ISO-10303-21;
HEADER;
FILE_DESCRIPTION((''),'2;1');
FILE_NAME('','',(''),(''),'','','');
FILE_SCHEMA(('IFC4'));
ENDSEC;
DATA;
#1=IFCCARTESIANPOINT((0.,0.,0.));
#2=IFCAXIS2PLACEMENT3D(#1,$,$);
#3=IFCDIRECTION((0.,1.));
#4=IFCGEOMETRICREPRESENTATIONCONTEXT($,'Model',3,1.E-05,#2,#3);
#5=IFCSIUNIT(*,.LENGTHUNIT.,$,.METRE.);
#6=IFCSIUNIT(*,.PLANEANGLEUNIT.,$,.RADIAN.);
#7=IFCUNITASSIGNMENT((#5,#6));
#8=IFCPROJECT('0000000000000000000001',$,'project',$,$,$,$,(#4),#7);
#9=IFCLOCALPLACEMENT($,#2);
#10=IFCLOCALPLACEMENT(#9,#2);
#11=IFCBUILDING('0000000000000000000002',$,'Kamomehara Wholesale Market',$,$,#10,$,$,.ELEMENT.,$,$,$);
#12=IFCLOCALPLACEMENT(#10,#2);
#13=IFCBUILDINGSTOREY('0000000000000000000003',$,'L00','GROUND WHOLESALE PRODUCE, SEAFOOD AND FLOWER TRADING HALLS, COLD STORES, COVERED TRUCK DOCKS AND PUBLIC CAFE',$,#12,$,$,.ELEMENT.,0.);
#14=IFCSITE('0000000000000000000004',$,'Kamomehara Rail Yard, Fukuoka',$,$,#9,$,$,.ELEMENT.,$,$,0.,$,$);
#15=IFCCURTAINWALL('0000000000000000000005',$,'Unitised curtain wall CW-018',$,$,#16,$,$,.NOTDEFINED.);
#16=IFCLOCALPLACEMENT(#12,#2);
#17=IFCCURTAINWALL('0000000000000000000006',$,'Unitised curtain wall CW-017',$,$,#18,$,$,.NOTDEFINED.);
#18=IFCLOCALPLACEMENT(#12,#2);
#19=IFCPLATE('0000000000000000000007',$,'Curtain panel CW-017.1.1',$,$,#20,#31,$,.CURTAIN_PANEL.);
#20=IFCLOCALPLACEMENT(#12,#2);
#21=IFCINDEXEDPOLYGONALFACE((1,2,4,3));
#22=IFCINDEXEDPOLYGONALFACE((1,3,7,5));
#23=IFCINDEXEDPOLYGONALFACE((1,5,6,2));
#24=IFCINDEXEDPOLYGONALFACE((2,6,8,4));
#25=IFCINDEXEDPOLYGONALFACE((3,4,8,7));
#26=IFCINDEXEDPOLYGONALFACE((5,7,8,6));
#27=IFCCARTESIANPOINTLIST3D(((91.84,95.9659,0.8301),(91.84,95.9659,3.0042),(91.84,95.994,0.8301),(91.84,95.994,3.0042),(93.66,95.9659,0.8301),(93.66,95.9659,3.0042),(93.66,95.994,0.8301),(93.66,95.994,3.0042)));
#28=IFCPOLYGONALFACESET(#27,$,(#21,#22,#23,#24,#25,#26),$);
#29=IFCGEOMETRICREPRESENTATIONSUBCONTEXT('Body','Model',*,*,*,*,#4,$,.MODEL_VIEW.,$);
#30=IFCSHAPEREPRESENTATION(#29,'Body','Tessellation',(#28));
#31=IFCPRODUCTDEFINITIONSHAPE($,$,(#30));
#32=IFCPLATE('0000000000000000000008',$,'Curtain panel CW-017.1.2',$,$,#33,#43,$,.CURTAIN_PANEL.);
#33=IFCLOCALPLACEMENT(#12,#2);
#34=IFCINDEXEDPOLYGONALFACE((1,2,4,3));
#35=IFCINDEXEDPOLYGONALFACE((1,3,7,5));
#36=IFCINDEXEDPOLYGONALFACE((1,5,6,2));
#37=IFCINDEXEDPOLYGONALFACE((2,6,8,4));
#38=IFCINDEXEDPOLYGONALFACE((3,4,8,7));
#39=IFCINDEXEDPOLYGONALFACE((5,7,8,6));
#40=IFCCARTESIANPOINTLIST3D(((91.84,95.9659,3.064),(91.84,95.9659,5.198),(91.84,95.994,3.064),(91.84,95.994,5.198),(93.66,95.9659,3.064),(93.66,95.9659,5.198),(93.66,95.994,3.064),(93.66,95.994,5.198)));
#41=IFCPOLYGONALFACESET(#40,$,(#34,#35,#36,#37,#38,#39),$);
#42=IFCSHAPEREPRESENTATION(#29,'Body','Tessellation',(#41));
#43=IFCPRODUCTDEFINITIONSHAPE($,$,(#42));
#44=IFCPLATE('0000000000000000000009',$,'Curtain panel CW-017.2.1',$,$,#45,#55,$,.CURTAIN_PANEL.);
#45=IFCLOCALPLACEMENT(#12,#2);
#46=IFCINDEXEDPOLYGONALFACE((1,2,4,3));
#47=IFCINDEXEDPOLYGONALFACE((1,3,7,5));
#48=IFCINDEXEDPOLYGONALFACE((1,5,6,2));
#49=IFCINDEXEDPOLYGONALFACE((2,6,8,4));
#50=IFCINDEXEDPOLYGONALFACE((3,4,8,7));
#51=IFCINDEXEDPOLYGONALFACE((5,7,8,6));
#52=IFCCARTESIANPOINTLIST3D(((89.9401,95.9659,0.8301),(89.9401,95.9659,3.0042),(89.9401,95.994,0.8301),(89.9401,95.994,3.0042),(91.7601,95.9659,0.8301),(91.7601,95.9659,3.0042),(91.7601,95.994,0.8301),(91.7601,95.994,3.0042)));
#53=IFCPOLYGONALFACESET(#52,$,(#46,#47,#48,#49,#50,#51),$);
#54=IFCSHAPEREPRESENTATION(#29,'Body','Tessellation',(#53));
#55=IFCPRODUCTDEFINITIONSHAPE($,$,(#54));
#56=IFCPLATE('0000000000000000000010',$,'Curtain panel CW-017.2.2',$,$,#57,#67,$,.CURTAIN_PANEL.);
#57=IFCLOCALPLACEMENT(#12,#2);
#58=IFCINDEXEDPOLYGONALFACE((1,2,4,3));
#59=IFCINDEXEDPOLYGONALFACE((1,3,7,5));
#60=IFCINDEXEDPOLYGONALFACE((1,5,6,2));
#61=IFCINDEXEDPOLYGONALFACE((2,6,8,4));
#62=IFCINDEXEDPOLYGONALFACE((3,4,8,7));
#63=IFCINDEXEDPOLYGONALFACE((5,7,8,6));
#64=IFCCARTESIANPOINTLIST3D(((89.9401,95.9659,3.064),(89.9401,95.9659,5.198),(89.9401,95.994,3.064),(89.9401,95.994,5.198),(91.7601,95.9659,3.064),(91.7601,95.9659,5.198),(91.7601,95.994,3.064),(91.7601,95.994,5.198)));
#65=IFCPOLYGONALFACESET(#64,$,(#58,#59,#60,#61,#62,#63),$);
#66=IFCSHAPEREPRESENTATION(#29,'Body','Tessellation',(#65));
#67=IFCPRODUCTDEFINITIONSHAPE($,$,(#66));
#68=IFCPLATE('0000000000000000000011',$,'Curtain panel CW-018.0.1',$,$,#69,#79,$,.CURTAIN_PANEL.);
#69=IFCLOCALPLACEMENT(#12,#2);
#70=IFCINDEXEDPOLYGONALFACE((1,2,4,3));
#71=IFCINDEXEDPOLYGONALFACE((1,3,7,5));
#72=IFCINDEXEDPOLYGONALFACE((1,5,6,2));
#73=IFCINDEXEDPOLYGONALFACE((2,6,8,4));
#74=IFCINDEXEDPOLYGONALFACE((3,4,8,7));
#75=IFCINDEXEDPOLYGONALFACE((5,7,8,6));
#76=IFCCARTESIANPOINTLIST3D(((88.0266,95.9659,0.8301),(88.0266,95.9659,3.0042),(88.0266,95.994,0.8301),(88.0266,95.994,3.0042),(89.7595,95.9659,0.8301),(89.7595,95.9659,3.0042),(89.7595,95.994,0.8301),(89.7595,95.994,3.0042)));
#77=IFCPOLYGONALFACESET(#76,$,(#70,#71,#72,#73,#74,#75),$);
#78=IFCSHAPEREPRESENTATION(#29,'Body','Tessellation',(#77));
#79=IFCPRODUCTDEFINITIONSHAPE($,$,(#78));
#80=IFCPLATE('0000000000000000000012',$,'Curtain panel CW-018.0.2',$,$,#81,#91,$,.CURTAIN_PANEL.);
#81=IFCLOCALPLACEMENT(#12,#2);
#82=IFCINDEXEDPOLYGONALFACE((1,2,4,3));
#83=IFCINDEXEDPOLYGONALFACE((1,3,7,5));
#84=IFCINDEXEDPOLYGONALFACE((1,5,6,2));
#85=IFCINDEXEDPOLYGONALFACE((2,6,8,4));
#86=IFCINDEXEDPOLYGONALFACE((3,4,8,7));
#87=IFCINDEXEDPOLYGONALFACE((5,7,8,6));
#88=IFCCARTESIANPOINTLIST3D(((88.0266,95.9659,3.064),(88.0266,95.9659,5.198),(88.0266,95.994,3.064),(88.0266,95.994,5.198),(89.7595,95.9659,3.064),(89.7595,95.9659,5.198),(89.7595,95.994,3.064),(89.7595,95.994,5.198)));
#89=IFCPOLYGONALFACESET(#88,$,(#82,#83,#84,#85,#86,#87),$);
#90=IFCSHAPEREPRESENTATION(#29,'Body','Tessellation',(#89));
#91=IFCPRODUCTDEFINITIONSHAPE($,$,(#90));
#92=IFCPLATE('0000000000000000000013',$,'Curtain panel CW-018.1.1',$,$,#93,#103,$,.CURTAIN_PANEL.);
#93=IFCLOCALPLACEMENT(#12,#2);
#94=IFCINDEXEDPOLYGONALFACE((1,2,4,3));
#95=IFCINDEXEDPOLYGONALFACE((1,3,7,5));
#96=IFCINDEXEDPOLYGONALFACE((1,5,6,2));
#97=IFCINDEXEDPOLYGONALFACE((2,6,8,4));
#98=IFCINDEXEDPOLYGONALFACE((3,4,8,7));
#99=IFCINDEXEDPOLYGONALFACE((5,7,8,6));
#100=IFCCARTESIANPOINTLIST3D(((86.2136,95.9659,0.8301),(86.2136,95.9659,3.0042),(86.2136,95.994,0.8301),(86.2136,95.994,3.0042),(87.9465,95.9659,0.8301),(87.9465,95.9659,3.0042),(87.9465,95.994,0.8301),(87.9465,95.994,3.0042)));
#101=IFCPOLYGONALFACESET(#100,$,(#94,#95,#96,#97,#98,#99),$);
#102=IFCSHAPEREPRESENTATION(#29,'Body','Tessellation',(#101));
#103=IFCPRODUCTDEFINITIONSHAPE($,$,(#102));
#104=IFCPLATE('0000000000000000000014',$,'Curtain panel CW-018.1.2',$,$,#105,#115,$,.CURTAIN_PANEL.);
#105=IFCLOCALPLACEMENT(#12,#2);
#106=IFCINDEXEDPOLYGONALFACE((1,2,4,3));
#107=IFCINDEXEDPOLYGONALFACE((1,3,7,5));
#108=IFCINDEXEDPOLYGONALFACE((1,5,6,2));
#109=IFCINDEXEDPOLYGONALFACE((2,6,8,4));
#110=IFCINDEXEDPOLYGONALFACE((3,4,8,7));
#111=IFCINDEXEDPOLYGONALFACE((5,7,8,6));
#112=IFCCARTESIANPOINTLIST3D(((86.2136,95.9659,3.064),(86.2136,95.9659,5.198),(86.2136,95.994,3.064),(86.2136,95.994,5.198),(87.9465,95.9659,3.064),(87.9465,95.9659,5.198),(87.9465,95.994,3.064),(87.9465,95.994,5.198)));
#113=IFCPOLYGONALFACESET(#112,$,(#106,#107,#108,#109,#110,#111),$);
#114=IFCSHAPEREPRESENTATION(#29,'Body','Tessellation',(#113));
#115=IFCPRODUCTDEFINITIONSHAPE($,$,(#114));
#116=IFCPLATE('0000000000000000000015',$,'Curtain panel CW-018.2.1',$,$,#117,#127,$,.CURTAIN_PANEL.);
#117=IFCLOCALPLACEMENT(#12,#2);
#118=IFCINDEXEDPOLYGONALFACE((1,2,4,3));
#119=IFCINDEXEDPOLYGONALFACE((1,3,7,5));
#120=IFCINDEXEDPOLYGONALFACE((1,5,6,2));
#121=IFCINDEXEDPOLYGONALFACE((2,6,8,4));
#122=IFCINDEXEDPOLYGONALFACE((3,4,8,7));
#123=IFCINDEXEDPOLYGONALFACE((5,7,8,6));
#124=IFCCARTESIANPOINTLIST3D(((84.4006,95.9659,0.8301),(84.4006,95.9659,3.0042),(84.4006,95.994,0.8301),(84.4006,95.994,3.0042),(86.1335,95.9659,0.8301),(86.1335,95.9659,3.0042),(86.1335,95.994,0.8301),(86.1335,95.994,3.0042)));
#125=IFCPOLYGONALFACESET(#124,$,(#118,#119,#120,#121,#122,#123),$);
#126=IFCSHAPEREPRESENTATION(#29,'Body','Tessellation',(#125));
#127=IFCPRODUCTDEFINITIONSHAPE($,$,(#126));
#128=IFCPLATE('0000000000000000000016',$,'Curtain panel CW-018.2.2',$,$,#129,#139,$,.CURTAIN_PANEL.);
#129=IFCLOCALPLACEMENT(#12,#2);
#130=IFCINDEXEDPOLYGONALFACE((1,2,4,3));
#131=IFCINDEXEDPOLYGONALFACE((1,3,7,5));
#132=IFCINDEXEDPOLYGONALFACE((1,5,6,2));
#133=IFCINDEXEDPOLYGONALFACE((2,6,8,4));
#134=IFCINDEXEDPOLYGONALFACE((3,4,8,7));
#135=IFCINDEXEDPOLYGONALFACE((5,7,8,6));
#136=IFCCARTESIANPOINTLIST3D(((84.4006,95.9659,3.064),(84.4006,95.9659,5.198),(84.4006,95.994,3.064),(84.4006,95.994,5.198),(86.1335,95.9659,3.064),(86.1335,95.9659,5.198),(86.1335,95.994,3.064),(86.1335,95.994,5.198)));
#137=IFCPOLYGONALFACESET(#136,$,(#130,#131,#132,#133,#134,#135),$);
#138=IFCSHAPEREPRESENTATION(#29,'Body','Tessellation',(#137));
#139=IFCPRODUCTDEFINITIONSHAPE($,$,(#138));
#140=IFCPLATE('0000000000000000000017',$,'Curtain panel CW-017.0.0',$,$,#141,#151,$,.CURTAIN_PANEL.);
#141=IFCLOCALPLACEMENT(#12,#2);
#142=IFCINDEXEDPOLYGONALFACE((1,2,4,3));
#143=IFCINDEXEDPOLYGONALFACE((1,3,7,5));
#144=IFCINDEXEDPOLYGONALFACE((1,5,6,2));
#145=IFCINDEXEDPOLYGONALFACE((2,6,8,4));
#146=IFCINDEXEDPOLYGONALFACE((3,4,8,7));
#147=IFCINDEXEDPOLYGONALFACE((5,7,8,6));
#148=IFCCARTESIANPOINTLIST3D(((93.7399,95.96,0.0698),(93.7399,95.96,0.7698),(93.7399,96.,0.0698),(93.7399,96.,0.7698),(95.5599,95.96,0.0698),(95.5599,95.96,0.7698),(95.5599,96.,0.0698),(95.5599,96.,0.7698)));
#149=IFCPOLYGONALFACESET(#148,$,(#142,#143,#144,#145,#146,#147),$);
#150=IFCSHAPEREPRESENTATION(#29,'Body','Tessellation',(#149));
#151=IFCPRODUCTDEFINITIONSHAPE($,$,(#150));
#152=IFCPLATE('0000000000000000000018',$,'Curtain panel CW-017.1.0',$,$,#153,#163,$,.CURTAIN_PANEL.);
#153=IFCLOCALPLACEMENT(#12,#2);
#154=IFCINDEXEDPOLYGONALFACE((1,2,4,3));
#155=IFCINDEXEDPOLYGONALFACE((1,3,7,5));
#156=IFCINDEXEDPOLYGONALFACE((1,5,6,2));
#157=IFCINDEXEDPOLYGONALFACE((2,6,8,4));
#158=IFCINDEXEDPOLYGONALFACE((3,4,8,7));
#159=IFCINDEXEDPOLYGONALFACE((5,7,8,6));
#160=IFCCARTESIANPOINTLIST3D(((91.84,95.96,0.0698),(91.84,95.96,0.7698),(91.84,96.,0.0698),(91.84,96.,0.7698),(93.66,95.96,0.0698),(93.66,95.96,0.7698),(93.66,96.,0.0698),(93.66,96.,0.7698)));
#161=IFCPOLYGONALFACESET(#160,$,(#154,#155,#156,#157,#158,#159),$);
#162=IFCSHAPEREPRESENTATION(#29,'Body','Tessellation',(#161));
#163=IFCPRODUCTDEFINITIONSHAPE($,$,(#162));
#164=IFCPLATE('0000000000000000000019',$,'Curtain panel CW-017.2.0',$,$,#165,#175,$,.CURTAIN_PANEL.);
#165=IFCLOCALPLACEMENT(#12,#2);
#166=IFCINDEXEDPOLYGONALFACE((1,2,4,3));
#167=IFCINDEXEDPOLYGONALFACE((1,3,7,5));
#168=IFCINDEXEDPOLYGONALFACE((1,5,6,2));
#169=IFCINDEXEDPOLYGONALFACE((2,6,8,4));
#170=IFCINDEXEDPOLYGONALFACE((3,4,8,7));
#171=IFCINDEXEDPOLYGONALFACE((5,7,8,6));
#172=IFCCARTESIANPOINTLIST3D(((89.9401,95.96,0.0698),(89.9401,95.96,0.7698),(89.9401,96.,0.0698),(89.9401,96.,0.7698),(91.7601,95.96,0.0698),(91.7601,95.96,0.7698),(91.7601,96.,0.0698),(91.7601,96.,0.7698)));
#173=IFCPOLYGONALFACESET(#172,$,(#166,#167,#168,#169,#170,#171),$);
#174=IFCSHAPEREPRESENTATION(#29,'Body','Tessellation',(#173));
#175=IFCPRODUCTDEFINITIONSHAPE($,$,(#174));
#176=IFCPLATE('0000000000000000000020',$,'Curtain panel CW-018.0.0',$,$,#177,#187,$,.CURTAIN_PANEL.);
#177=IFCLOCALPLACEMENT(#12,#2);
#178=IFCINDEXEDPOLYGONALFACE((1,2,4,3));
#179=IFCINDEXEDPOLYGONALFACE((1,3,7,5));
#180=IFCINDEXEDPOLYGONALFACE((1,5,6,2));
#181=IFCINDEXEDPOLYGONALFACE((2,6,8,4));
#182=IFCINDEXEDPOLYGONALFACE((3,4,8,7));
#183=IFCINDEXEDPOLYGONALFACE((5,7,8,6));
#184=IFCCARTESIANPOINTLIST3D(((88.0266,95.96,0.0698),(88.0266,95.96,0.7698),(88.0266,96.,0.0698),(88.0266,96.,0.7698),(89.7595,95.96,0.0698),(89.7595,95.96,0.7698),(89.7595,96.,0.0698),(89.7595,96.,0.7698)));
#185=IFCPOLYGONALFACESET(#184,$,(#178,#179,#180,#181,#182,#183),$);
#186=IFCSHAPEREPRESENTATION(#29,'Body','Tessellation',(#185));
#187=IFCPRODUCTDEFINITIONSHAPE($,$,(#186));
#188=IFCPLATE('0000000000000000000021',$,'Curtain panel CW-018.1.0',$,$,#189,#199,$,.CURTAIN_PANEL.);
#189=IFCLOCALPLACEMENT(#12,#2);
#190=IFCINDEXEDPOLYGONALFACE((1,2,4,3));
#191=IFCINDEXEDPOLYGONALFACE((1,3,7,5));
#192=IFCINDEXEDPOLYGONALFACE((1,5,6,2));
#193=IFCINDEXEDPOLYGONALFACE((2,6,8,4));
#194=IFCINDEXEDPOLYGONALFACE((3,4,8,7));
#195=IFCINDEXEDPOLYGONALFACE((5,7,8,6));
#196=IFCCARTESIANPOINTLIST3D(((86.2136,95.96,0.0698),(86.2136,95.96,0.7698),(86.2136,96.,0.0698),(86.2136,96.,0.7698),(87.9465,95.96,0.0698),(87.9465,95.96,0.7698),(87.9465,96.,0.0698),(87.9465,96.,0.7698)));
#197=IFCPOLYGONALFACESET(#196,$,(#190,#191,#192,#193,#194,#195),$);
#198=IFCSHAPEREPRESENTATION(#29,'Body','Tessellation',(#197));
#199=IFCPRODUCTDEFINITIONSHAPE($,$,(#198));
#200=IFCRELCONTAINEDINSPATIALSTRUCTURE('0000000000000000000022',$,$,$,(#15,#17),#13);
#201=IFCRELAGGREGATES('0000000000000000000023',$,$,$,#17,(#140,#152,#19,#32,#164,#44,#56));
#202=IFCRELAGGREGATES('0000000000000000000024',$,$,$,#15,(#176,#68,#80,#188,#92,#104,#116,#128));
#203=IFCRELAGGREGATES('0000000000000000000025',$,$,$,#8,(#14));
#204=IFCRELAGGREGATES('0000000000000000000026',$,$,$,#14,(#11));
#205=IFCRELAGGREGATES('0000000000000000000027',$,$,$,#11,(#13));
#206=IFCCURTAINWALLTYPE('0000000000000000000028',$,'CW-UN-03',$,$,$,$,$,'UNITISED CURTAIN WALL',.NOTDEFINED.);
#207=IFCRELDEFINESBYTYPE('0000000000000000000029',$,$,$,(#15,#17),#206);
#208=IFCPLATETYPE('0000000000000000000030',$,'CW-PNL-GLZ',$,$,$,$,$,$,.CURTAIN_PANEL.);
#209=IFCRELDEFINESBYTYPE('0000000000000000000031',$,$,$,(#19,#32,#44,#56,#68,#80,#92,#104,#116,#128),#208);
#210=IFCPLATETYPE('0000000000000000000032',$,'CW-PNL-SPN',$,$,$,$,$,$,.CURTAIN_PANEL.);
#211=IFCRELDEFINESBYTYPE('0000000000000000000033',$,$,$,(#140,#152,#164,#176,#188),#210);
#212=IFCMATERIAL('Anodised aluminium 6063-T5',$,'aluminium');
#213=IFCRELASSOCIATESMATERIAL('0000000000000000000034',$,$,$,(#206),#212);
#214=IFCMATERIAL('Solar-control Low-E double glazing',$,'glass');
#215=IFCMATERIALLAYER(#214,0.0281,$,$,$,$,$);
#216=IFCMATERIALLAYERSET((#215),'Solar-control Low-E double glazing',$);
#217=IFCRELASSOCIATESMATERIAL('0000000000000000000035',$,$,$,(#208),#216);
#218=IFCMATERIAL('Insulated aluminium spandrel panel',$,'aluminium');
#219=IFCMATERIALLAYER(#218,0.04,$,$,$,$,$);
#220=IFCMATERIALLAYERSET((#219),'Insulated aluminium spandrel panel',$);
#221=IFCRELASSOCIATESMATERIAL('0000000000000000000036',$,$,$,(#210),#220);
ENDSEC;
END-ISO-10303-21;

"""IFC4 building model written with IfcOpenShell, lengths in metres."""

from ifc_helpers import new_model, si_unit, direction, frame, origin, origin_2d, place, context, subcontext, project, spatial, rectangle, extrude, material, layer, layer_set, type_object, element, aggregate, save


model = new_model("IFC4")

# Units and contexts
model_context = context("Model", 3, precision=1e-05, world=origin(), true_north=direction((0.0, 1.0)))
body_context = subcontext(model_context, "Body", "Model", "MODEL_VIEW")
ifc_project = project(units=[si_unit("LENGTHUNIT", "METRE"), si_unit("PLANEANGLEUNIT", "RADIAN")], contexts=[model_context])

# Site, building, storey
site_placement = place(None, origin())
site = spatial("IfcSite", under=ifc_project, at=site_placement, Name="Kamomehara Rail Yard, Fukuoka", CompositionType="ELEMENT", RefElevation=0.0)
building_placement = place(site_placement, origin())
building = spatial("IfcBuilding", under=site, at=building_placement, Name="Kamomehara Wholesale Market", CompositionType="ELEMENT")
storey_placement = place(building_placement, origin())
storey = spatial("IfcBuildingStorey", under=building, at=storey_placement, Name="L00", Description="GROUND WHOLESALE PRODUCE, SEAFOOD AND FLOWER TRADING HALLS, COLD STORES, COVERED TRUCK DOCKS AND PUBLIC CAFE", CompositionType="ELEMENT", Elevation=0.0)

# Curtain wall
ifc_material_1 = material(Name="Anodised aluminium 6063-T5", Category="aluminium")
curtain_wall_type = type_object("IfcCurtainWallType", Name="CW-UN-03", ElementType="UNITISED CURTAIN WALL", PredefinedType="NOTDEFINED", material=ifc_material_1)
curtain_wall_1_placement = place(storey_placement, origin())
curtain_wall_1 = element("IfcCurtainWall", 1, at=curtain_wall_1_placement, inside=storey, type_object=curtain_wall_type, Name="Unitised curtain wall CW-018", PredefinedType="NOTDEFINED")

# Curtain wall, plates
curtain_wall_2_placement = place(storey_placement, origin())
curtain_wall_2 = element("IfcCurtainWall", 2, at=curtain_wall_2_placement, inside=storey, type_object=curtain_wall_type, Name="Unitised curtain wall CW-017", PredefinedType="NOTDEFINED")
ifc_material_2 = material(Name="Solar-control Low-E double glazing", Category="glass")
ifc_layer_1 = layer(ifc_material_2, 0.0281)
ifc_layer_set_1 = layer_set([ifc_layer_1], Name="Solar-control Low-E double glazing")
plate_type_1 = type_object("IfcPlateType", Name="CW-PNL-GLZ", PredefinedType="CURTAIN_PANEL", material=ifc_layer_set_1)
plate_1_placement = place(storey_placement, frame((92.75, 95.98, 0.8301), z_axis=(0.0, 0.0, 1.0), x_axis=(-1.0, 0.0, 0.0)))
plate_1 = element("IfcPlate", 3, at=plate_1_placement, type_object=plate_type_1, Name="Curtain panel CW-017.1.1", PredefinedType="CURTAIN_PANEL", context=body_context, shape_type="SweptSolid", body=[
    extrude(rectangle(XDim=1.8201, YDim=0.0281, at=origin_2d()), origin(), (0.0, 0.0, 1.0), 2.1741),
])
plate_2_placement = place(storey_placement, frame((92.75, 95.98, 3.064), z_axis=(0.0, 0.0, 1.0), x_axis=(-1.0, 0.0, 0.0)))
plate_2 = element("IfcPlate", 4, at=plate_2_placement, type_object=plate_type_1, Name="Curtain panel CW-017.1.2", PredefinedType="CURTAIN_PANEL", context=body_context, shape_type="SweptSolid", body=[
    extrude(rectangle(XDim=1.8201, YDim=0.0281, at=origin_2d()), origin(), (0.0, 0.0, 1.0), 2.134),
])
plate_3_placement = place(storey_placement, frame((90.8501, 95.98, 0.8301), z_axis=(0.0, 0.0, 1.0), x_axis=(-1.0, 0.0, 0.0)))
plate_3 = element("IfcPlate", 5, at=plate_3_placement, type_object=plate_type_1, Name="Curtain panel CW-017.2.1", PredefinedType="CURTAIN_PANEL", context=body_context, shape_type="SweptSolid", body=[
    extrude(rectangle(XDim=1.8201, YDim=0.0281, at=origin_2d()), origin(), (0.0, 0.0, 1.0), 2.1741),
])
plate_4_placement = place(storey_placement, frame((90.8501, 95.98, 3.064), z_axis=(0.0, 0.0, 1.0), x_axis=(-1.0, 0.0, 0.0)))
plate_4 = element("IfcPlate", 6, at=plate_4_placement, type_object=plate_type_1, Name="Curtain panel CW-017.2.2", PredefinedType="CURTAIN_PANEL", context=body_context, shape_type="SweptSolid", body=[
    extrude(rectangle(XDim=1.8201, YDim=0.0281, at=origin_2d()), origin(), (0.0, 0.0, 1.0), 2.134),
])

# Plates
plate_5_placement = place(storey_placement, frame((88.8931, 95.98, 0.8301), z_axis=(0.0, 0.0, 1.0), x_axis=(-1.0, 0.0, 0.0)))
plate_5 = element("IfcPlate", 7, at=plate_5_placement, type_object=plate_type_1, Name="Curtain panel CW-018.0.1", PredefinedType="CURTAIN_PANEL", context=body_context, shape_type="SweptSolid", body=[
    extrude(rectangle(XDim=1.7329, YDim=0.0281, at=origin_2d()), origin(), (0.0, 0.0, 1.0), 2.1741),
])
plate_6_placement = place(storey_placement, frame((88.8931, 95.98, 3.064), z_axis=(0.0, 0.0, 1.0), x_axis=(-1.0, 0.0, 0.0)))
plate_6 = element("IfcPlate", 8, at=plate_6_placement, type_object=plate_type_1, Name="Curtain panel CW-018.0.2", PredefinedType="CURTAIN_PANEL", context=body_context, shape_type="SweptSolid", body=[
    extrude(rectangle(XDim=1.7329, YDim=0.0281, at=origin_2d()), origin(), (0.0, 0.0, 1.0), 2.134),
])
plate_7_placement = place(storey_placement, frame((87.0801, 95.98, 0.8301), z_axis=(0.0, 0.0, 1.0), x_axis=(-1.0, 0.0, 0.0)))
plate_7 = element("IfcPlate", 9, at=plate_7_placement, type_object=plate_type_1, Name="Curtain panel CW-018.1.1", PredefinedType="CURTAIN_PANEL", context=body_context, shape_type="SweptSolid", body=[
    extrude(rectangle(XDim=1.7329, YDim=0.0281, at=origin_2d()), origin(), (0.0, 0.0, 1.0), 2.1741),
])
plate_8_placement = place(storey_placement, frame((87.0801, 95.98, 3.064), z_axis=(0.0, 0.0, 1.0), x_axis=(-1.0, 0.0, 0.0)))
plate_8 = element("IfcPlate", 10, at=plate_8_placement, type_object=plate_type_1, Name="Curtain panel CW-018.1.2", PredefinedType="CURTAIN_PANEL", context=body_context, shape_type="SweptSolid", body=[
    extrude(rectangle(XDim=1.7329, YDim=0.0281, at=origin_2d()), origin(), (0.0, 0.0, 1.0), 2.134),
])
plate_9_placement = place(storey_placement, frame((85.2671, 95.98, 0.8301), z_axis=(0.0, 0.0, 1.0), x_axis=(-1.0, 0.0, 0.0)))
plate_9 = element("IfcPlate", 11, at=plate_9_placement, type_object=plate_type_1, Name="Curtain panel CW-018.2.1", PredefinedType="CURTAIN_PANEL", context=body_context, shape_type="SweptSolid", body=[
    extrude(rectangle(XDim=1.7329, YDim=0.0281, at=origin_2d()), origin(), (0.0, 0.0, 1.0), 2.1741),
])
plate_10_placement = place(storey_placement, frame((85.2671, 95.98, 3.064), z_axis=(0.0, 0.0, 1.0), x_axis=(-1.0, 0.0, 0.0)))
plate_10 = element("IfcPlate", 12, at=plate_10_placement, type_object=plate_type_1, Name="Curtain panel CW-018.2.2", PredefinedType="CURTAIN_PANEL", context=body_context, shape_type="SweptSolid", body=[
    extrude(rectangle(XDim=1.7329, YDim=0.0281, at=origin_2d()), origin(), (0.0, 0.0, 1.0), 2.134),
])
ifc_material_3 = material(Name="Insulated aluminium spandrel panel", Category="aluminium")
ifc_layer_2 = layer(ifc_material_3, 0.04)
ifc_layer_set_2 = layer_set([ifc_layer_2], Name="Insulated aluminium spandrel panel")
plate_type_2 = type_object("IfcPlateType", Name="CW-PNL-SPN", PredefinedType="CURTAIN_PANEL", material=ifc_layer_set_2)
plate_11_placement = place(storey_placement, frame((94.6499, 95.98, 0.0698), z_axis=(0.0, 0.0, 1.0), x_axis=(-1.0, 0.0, 0.0)))
plate_11 = element("IfcPlate", 13, at=plate_11_placement, type_object=plate_type_2, Name="Curtain panel CW-017.0.0", PredefinedType="CURTAIN_PANEL", context=body_context, shape_type="SweptSolid", body=[
    extrude(rectangle(XDim=1.8201, YDim=0.04, at=origin_2d()), origin(), (0.0, 0.0, 1.0), 0.7),
])
plate_12_placement = place(storey_placement, frame((92.75, 95.98, 0.0698), z_axis=(0.0, 0.0, 1.0), x_axis=(-1.0, 0.0, 0.0)))
plate_12 = element("IfcPlate", 14, at=plate_12_placement, type_object=plate_type_2, Name="Curtain panel CW-017.1.0", PredefinedType="CURTAIN_PANEL", context=body_context, shape_type="SweptSolid", body=[
    extrude(rectangle(XDim=1.8201, YDim=0.04, at=origin_2d()), origin(), (0.0, 0.0, 1.0), 0.7),
])
plate_13_placement = place(storey_placement, frame((90.8501, 95.98, 0.0698), z_axis=(0.0, 0.0, 1.0), x_axis=(-1.0, 0.0, 0.0)))
plate_13 = element("IfcPlate", 15, at=plate_13_placement, type_object=plate_type_2, Name="Curtain panel CW-017.2.0", PredefinedType="CURTAIN_PANEL", context=body_context, shape_type="SweptSolid", body=[
    extrude(rectangle(XDim=1.8201, YDim=0.04, at=origin_2d()), origin(), (0.0, 0.0, 1.0), 0.7),
])
aggregate(curtain_wall_2, [plate_11, plate_12, plate_1, plate_2, plate_13, plate_3, plate_4])
plate_14_placement = place(storey_placement, frame((88.8931, 95.98, 0.0698), z_axis=(0.0, 0.0, 1.0), x_axis=(-1.0, 0.0, 0.0)))
plate_14 = element("IfcPlate", 16, at=plate_14_placement, type_object=plate_type_2, Name="Curtain panel CW-018.0.0", PredefinedType="CURTAIN_PANEL", context=body_context, shape_type="SweptSolid", body=[
    extrude(rectangle(XDim=1.7329, YDim=0.04, at=origin_2d()), origin(), (0.0, 0.0, 1.0), 0.7),
])
plate_15_placement = place(storey_placement, frame((87.0801, 95.98, 0.0698), z_axis=(0.0, 0.0, 1.0), x_axis=(-1.0, 0.0, 0.0)))
plate_15 = element("IfcPlate", 17, at=plate_15_placement, type_object=plate_type_2, Name="Curtain panel CW-018.1.0", PredefinedType="CURTAIN_PANEL", context=body_context, shape_type="SweptSolid", body=[
    extrude(rectangle(XDim=1.7329, YDim=0.04, at=origin_2d()), origin(), (0.0, 0.0, 1.0), 0.7),
])
aggregate(curtain_wall_1, [plate_14, plate_5, plate_6, plate_15, plate_7, plate_8, plate_9, plate_10])

save(model, "model.ifc")
